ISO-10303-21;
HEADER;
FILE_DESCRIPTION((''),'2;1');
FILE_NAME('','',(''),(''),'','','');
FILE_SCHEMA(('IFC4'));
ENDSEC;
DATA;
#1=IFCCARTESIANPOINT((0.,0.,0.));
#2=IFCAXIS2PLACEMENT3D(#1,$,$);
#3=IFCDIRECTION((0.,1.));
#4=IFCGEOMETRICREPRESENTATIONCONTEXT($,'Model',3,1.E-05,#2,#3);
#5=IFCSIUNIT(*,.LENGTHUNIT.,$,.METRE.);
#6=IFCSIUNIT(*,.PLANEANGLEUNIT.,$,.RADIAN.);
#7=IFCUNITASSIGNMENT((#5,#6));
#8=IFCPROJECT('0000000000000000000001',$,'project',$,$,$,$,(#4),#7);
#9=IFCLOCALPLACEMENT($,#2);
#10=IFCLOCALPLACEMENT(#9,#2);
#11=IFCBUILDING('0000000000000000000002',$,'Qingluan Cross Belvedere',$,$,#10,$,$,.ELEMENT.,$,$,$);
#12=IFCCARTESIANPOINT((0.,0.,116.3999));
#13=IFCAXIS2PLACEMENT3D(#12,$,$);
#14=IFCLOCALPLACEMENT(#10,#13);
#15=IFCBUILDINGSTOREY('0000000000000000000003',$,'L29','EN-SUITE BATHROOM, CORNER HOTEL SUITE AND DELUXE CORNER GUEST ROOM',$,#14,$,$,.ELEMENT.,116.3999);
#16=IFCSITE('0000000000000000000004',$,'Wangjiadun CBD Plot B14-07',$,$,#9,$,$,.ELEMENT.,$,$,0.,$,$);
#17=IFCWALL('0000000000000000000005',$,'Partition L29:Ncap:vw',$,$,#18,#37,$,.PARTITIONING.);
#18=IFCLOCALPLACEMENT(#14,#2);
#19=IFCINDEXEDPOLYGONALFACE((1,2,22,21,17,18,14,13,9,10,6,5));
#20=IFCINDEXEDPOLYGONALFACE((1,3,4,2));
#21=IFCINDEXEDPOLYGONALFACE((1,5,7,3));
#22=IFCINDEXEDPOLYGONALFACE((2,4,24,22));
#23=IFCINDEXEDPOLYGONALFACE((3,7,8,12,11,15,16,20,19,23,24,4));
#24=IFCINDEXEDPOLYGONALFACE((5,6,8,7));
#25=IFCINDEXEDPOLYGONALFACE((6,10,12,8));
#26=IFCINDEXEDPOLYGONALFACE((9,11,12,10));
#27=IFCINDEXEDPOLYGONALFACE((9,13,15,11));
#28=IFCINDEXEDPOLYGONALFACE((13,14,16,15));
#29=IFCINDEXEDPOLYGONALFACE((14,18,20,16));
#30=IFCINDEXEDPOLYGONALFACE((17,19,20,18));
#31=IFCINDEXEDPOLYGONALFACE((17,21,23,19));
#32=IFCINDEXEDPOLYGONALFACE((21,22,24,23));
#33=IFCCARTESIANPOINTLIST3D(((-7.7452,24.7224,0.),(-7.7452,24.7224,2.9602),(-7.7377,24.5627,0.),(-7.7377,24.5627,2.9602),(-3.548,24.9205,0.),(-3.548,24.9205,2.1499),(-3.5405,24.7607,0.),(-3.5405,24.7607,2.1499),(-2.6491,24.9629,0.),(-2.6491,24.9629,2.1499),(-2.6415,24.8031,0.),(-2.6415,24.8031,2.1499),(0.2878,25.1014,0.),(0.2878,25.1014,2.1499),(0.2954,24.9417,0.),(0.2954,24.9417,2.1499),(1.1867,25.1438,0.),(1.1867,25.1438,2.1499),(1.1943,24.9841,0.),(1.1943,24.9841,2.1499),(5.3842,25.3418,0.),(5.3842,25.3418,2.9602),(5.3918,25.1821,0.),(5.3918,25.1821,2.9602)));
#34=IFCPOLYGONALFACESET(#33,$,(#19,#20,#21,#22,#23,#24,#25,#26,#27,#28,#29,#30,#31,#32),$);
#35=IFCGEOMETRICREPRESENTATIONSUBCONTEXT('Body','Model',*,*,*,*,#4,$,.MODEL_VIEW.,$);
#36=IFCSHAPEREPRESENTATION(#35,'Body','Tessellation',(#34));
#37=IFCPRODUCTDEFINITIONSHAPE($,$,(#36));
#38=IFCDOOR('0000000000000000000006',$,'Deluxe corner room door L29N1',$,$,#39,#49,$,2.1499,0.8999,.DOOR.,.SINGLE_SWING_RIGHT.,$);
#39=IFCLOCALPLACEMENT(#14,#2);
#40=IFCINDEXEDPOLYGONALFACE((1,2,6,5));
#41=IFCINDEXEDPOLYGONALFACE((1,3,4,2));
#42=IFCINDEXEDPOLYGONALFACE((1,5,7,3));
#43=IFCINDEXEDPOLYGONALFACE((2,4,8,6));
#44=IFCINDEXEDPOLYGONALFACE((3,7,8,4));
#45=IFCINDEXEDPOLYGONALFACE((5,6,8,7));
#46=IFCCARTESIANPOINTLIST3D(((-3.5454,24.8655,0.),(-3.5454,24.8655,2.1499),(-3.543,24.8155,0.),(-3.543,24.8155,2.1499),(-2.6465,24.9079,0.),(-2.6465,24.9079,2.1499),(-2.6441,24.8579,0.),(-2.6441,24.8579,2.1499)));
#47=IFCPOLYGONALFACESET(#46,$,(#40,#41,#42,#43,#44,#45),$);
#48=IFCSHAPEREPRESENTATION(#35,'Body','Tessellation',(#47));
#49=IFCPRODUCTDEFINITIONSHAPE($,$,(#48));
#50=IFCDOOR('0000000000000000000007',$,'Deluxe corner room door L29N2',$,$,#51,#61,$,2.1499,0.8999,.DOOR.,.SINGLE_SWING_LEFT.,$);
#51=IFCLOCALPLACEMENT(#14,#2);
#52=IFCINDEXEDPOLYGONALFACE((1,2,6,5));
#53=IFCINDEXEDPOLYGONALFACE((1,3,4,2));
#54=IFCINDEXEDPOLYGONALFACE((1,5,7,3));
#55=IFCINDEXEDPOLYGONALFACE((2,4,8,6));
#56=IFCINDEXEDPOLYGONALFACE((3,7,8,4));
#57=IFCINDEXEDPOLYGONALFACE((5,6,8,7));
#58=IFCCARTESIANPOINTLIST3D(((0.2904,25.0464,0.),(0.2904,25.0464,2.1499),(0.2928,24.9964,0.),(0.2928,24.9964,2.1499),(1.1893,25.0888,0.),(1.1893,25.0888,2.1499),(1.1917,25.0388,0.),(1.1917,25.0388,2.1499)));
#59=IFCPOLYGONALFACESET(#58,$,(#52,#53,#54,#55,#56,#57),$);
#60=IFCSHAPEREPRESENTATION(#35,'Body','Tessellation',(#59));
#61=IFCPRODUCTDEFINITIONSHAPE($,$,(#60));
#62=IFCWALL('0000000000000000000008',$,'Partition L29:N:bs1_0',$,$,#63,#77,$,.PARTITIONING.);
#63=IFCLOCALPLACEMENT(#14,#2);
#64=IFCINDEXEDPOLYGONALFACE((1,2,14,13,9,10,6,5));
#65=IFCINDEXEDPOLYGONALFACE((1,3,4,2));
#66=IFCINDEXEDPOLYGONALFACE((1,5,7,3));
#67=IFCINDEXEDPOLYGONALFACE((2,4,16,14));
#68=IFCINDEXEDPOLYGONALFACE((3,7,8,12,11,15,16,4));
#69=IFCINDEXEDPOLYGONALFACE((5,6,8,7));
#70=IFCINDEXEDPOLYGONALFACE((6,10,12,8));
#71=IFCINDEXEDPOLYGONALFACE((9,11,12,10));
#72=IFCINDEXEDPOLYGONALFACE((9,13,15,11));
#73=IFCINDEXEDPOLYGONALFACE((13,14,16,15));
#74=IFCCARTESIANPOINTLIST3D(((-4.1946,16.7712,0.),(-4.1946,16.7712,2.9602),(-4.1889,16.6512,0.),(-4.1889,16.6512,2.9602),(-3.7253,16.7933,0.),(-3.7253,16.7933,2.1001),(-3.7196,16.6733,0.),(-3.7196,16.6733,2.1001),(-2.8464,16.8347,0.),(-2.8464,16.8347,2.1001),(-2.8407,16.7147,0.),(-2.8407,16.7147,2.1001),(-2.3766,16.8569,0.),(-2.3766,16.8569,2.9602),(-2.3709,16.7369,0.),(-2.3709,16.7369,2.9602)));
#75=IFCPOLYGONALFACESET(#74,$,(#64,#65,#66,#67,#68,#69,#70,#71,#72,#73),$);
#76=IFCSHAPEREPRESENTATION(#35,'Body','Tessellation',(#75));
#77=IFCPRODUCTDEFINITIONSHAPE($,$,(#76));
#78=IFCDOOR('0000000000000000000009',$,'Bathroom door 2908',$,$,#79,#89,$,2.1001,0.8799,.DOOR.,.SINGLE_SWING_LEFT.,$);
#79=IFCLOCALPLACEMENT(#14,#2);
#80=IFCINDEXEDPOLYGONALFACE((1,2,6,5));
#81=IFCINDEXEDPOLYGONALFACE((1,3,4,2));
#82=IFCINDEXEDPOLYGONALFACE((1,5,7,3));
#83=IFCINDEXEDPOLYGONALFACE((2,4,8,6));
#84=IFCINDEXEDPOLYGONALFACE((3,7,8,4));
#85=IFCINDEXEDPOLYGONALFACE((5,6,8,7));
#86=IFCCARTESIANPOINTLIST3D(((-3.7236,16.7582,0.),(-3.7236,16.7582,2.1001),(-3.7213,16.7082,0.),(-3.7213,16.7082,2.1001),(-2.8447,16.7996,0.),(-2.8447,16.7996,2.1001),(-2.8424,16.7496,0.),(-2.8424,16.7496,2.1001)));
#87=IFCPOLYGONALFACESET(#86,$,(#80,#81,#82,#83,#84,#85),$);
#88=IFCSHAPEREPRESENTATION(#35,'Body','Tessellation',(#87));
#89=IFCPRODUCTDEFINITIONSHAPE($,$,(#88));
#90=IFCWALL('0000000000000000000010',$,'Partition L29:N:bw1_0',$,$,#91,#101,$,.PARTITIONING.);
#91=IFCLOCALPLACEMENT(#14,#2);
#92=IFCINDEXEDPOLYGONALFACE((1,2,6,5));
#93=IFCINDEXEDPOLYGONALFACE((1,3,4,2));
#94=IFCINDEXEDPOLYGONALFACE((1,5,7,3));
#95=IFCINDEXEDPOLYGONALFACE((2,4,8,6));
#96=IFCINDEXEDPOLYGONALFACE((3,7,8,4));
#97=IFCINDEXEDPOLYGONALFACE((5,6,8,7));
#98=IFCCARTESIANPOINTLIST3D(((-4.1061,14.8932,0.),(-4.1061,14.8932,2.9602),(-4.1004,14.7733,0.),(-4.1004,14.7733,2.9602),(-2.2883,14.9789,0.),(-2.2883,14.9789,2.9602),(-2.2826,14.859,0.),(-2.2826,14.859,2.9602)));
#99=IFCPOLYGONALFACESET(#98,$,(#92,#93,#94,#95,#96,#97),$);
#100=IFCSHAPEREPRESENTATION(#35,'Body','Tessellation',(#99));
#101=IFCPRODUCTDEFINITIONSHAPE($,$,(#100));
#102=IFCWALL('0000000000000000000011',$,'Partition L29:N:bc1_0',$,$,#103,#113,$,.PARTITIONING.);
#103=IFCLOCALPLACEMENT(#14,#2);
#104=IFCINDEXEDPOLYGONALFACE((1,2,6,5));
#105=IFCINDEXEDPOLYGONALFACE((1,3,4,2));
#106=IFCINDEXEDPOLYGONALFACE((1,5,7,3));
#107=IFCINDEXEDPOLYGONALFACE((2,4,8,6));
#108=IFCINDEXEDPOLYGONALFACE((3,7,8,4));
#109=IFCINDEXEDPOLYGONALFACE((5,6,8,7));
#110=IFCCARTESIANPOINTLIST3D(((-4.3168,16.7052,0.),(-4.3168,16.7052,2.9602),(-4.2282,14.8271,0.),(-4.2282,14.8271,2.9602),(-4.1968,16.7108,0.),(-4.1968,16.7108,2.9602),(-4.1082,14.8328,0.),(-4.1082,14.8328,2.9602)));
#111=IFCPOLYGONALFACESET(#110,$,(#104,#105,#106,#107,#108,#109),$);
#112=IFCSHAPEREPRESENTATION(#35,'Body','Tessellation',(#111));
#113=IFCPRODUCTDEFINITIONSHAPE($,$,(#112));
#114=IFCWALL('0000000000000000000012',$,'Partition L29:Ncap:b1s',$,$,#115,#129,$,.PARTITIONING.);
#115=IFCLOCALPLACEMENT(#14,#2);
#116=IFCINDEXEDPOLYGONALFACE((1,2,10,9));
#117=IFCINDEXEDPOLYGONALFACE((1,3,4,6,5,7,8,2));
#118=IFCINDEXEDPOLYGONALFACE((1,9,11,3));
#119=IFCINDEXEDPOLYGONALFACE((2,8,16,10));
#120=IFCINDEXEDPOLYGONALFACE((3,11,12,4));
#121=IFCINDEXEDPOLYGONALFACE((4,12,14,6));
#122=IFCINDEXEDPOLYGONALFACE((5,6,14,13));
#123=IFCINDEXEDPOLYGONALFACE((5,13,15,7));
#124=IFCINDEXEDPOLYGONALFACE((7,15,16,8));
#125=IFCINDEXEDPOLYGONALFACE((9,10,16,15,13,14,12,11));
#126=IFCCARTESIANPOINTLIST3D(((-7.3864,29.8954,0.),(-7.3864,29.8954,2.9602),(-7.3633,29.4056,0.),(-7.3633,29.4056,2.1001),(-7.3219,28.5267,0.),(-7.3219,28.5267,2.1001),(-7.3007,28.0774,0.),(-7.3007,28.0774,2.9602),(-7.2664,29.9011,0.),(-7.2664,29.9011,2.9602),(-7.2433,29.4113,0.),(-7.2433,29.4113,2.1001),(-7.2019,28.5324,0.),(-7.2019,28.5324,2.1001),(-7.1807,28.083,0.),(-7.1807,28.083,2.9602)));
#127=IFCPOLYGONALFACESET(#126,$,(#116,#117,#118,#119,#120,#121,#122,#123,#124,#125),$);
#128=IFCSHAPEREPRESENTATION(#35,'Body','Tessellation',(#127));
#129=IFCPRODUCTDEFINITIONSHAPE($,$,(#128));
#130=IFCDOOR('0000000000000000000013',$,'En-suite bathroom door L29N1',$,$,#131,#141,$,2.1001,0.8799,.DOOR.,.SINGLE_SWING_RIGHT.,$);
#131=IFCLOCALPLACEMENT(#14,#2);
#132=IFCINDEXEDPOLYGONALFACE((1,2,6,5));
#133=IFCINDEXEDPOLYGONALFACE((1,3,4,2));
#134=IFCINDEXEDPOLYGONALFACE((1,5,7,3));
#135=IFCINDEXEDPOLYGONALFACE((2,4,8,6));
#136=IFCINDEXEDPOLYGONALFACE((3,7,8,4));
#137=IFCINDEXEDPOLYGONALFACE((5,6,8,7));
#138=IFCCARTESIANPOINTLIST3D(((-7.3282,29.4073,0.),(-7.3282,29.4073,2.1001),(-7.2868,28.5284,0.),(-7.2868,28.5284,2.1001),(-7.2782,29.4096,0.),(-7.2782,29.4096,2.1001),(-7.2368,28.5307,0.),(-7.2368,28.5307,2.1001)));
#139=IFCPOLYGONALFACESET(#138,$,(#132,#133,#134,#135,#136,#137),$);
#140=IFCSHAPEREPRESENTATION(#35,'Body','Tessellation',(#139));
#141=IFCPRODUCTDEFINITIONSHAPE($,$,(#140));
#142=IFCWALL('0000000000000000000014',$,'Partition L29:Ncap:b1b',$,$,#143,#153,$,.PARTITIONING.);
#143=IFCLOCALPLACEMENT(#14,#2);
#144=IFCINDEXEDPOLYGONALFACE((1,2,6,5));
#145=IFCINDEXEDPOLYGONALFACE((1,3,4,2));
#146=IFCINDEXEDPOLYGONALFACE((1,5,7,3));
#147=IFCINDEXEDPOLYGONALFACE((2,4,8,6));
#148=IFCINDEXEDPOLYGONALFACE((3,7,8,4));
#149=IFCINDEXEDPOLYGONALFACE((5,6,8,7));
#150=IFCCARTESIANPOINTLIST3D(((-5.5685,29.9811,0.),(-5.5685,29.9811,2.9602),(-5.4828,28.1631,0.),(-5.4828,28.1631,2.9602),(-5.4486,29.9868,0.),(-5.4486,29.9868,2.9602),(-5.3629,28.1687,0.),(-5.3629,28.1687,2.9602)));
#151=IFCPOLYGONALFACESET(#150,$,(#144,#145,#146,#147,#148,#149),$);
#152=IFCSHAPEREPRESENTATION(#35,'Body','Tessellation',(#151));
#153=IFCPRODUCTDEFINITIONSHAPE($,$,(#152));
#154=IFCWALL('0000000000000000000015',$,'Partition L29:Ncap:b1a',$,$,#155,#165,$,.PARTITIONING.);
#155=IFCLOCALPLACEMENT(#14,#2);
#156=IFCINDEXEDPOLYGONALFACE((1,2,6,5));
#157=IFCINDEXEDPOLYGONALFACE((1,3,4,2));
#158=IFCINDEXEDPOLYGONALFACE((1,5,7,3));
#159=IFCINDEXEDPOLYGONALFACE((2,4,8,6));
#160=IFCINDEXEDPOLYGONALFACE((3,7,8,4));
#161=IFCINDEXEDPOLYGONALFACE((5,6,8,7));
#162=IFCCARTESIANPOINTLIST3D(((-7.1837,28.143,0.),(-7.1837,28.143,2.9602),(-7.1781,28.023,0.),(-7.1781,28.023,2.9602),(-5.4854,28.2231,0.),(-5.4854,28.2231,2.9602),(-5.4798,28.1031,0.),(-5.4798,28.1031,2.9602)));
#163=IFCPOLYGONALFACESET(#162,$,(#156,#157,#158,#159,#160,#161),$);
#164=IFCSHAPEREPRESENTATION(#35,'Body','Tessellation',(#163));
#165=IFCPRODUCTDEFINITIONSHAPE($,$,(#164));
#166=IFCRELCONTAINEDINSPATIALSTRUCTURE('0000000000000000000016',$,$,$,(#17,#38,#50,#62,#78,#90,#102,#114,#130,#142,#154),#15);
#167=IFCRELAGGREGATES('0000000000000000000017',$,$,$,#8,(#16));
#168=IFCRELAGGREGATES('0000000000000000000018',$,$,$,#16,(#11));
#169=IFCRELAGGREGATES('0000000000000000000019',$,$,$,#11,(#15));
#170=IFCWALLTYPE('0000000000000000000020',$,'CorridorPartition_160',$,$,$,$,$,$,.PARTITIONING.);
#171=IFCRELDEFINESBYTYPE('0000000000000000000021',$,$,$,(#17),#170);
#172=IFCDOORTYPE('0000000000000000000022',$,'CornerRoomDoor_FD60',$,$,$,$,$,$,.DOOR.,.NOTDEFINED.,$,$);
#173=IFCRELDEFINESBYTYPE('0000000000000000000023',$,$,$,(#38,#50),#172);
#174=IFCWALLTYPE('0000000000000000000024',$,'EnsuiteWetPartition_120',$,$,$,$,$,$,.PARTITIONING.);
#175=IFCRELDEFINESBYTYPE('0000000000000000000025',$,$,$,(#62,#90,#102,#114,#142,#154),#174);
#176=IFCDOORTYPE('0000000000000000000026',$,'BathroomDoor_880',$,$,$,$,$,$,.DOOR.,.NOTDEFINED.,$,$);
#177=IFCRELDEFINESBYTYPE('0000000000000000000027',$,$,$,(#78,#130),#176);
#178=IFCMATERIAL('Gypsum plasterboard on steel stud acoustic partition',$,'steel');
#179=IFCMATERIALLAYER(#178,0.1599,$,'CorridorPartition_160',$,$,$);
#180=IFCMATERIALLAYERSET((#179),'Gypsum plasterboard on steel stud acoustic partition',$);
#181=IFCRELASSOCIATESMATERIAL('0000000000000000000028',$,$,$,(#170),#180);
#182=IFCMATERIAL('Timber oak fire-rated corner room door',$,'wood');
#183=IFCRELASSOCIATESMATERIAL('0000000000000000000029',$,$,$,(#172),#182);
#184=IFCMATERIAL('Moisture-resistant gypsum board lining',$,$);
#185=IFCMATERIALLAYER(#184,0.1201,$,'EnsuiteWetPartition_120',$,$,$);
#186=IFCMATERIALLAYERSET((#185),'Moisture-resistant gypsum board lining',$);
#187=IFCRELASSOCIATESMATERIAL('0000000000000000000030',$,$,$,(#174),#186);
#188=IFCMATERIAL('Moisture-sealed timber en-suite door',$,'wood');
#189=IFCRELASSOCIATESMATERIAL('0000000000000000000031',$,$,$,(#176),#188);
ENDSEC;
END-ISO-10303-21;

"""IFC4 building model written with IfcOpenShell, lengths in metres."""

from ifc_helpers import new_model, si_unit, direction, frame, frame_2d, origin, place, context, subcontext, project, spatial, rectangle, extrude, material, layer, layer_set, type_object, element, fill, save


model = new_model("IFC4")

# Units and contexts
model_context = context("Model", 3, precision=1e-05, world=origin(), true_north=direction((0.0, 1.0)))
body_context = subcontext(model_context, "Body", "Model", "MODEL_VIEW")
ifc_project = project(units=[si_unit("LENGTHUNIT", "METRE"), si_unit("PLANEANGLEUNIT", "RADIAN")], contexts=[model_context])

# Site, building, storey
site_placement = place(None, origin())
site = spatial("IfcSite", under=ifc_project, at=site_placement, Name="Wangjiadun CBD Plot B14-07", CompositionType="ELEMENT", RefElevation=0.0)
building_placement = place(site_placement, origin())
building = spatial("IfcBuilding", under=site, at=building_placement, Name="Qingluan Cross Belvedere", CompositionType="ELEMENT")
storey_placement = place(building_placement, frame((0.0, 0.0, 116.3999)))
storey = spatial("IfcBuildingStorey", under=building, at=storey_placement, Name="L29", Description="EN-SUITE BATHROOM, CORNER HOTEL SUITE AND DELUXE CORNER GUEST ROOM", CompositionType="ELEMENT", Elevation=116.3999)

# Shared definitions
ifc_material_1 = material(Name="Gypsum plasterboard on steel stud acoustic partition", Category="steel")
ifc_layer_1 = layer(ifc_material_1, 0.1599, Name="CorridorPartition_160")
ifc_layer_set_1 = layer_set([ifc_layer_1], Name="Gypsum plasterboard on steel stud acoustic partition")
wall_type_1 = type_object("IfcWallType", Name="CorridorPartition_160", PredefinedType="PARTITIONING", material=ifc_layer_set_1)

# Wall, openings, doors
wall_1_placement = place(storey_placement, frame((-7.7415, 24.6426, 0.0), z_axis=(0.0, 0.0, 1.0), x_axis=(0.998889, 0.047123, 0.0)))
wall_1 = element("IfcWall", 1, at=wall_1_placement, inside=storey, type_object=wall_type_1, Name="Partition L29:Ncap:vw", PredefinedType="PARTITIONING", context=body_context, shape_type="SweptSolid", body=[
    extrude(rectangle(XDim=13.144, YDim=0.1599, at=frame_2d((6.572, 0.0))), origin(), (0.0, 0.0, 1.0), 2.9602),
])
opening_1_placement = place(wall_1_placement, frame((4.2019, 0.0, 0.0)))
opening_1 = element("IfcOpeningElement", 2, at=opening_1_placement, cuts=wall_1, PredefinedType="OPENING", context=body_context, shape_type="SweptSolid", body=[
    extrude(rectangle(XDim=0.8999, YDim=2.1499, at=frame_2d((0.45, 1.075))), frame((0.0, 0.0898, 0.0), z_axis=(0.0, -1.0, 0.0), x_axis=(1.0, 0.0, 0.0)), (0.0, 0.0, 1.0), 0.1799),
])
opening_2_placement = place(wall_1_placement, frame((8.042, 0.0, 0.0)))
opening_2 = element("IfcOpeningElement", 3, at=opening_2_placement, cuts=wall_1, PredefinedType="OPENING", context=body_context, shape_type="SweptSolid", body=[
    extrude(rectangle(XDim=0.8999, YDim=2.1499, at=frame_2d((0.45, 1.075))), frame((0.0, 0.0898, 0.0), z_axis=(0.0, -1.0, 0.0), x_axis=(1.0, 0.0, 0.0)), (0.0, 0.0, 1.0), 0.1799),
])
ifc_material_2 = material(Name="Timber oak fire-rated corner room door", Category="wood")
door_type_1 = type_object("IfcDoorType", Name="CornerRoomDoor_FD60", OperationType="NOTDEFINED", PredefinedType="DOOR", material=ifc_material_2)
door_1_placement = place(opening_1_placement, origin())
door_1 = element("IfcDoor", 4, at=door_1_placement, inside=storey, type_object=door_type_1, Name="Deluxe corner room door L29N1", OperationType="SINGLE_SWING_RIGHT", OverallHeight=2.1499, OverallWidth=0.8999, PredefinedType="DOOR", context=body_context, shape_type="SweptSolid", body=[
    extrude(rectangle(XDim=0.8999, YDim=2.1499, at=frame_2d((0.45, 1.075))), frame((0.0, 0.0249, 0.0), z_axis=(0.0, -1.0, 0.0), x_axis=(1.0, 0.0, 0.0)), (0.0, 0.0, 1.0), 0.05),
])
fill(opening_1, door_1)
door_2_placement = place(opening_2_placement, origin())
door_2 = element("IfcDoor", 5, at=door_2_placement, inside=storey, type_object=door_type_1, Name="Deluxe corner room door L29N2", OperationType="SINGLE_SWING_LEFT", OverallHeight=2.1499, OverallWidth=0.8999, PredefinedType="DOOR", context=body_context, shape_type="SweptSolid", body=[
    extrude(rectangle(XDim=0.8999, YDim=2.1499, at=frame_2d((0.45, 1.075))), frame((0.0, 0.0249, 0.0), z_axis=(0.0, -1.0, 0.0), x_axis=(1.0, 0.0, 0.0)), (0.0, 0.0, 1.0), 0.05),
])
fill(opening_2, door_2)

# Wall, opening, door
ifc_material_3 = material(Name="Moisture-resistant gypsum board lining")
ifc_layer_2 = layer(ifc_material_3, 0.1201, Name="EnsuiteWetPartition_120")
ifc_layer_set_2 = layer_set([ifc_layer_2], Name="Moisture-resistant gypsum board lining")
wall_type_2 = type_object("IfcWallType", Name="EnsuiteWetPartition_120", PredefinedType="PARTITIONING", material=ifc_layer_set_2)
wall_2_placement = place(storey_placement, frame((-4.1919, 16.7112, 0.0), z_axis=(0.0, 0.0, 1.0), x_axis=(0.998891, 0.047081, 0.0)))
wall_2 = element("IfcWall", 6, at=wall_2_placement, inside=storey, type_object=wall_type_2, Name="Partition L29:N:bs1_0", PredefinedType="PARTITIONING", context=body_context, shape_type="SweptSolid", body=[
    extrude(rectangle(XDim=1.8201, YDim=0.1201, at=frame_2d((0.9102, 0.0))), origin(), (0.0, 0.0, 1.0), 2.9602),
])
opening_3_placement = place(wall_2_placement, frame((0.47, 0.0, 0.0)))
opening_3 = element("IfcOpeningElement", 7, at=opening_3_placement, cuts=wall_2, PredefinedType="OPENING", context=body_context, shape_type="SweptSolid", body=[
    extrude(rectangle(XDim=0.8799, YDim=2.1001, at=frame_2d((0.4399, 1.05))), frame((0.0, 0.0701, 0.0), z_axis=(0.0, -1.0, 0.0), x_axis=(1.0, 0.0, 0.0)), (0.0, 0.0, 1.0), 0.1401),
])
ifc_material_4 = material(Name="Moisture-sealed timber en-suite door", Category="wood")
door_type_2 = type_object("IfcDoorType", Name="BathroomDoor_880", OperationType="NOTDEFINED", PredefinedType="DOOR", material=ifc_material_4)
door_3_placement = place(opening_3_placement, origin())
door_3 = element("IfcDoor", 8, at=door_3_placement, inside=storey, type_object=door_type_2, Name="Bathroom door 2908", OperationType="SINGLE_SWING_LEFT", OverallHeight=2.1001, OverallWidth=0.8799, PredefinedType="DOOR", context=body_context, shape_type="SweptSolid", body=[
    extrude(rectangle(XDim=0.8799, YDim=2.1001, at=frame_2d((0.4399, 1.05))), frame((0.0, 0.0249, 0.0), z_axis=(0.0, -1.0, 0.0), x_axis=(1.0, 0.0, 0.0)), (0.0, 0.0, 1.0), 0.05),
])
fill(opening_3, door_3)

# Walls
wall_3_placement = place(storey_placement, frame((-4.1033, 14.8333, 0.0), z_axis=(0.0, 0.0, 1.0), x_axis=(0.998891, 0.047087, 0.0)))
element("IfcWall", 9, at=wall_3_placement, inside=storey, type_object=wall_type_2, Name="Partition L29:N:bw1_0", PredefinedType="PARTITIONING", context=body_context, shape_type="SweptSolid", body=[
    extrude(rectangle(XDim=1.8198, YDim=0.1201, at=frame_2d((0.9099, 0.0))), origin(), (0.0, 0.0, 1.0), 2.9602),
])
wall_4_placement = place(storey_placement, frame((-4.1682, 14.8301, 0.0), z_axis=(0.0, 0.0, 1.0), x_axis=(-0.047139, 0.998888, 0.0)))
element("IfcWall", 10, at=wall_4_placement, inside=storey, type_object=wall_type_2, Name="Partition L29:N:bc1_0", PredefinedType="PARTITIONING", context=body_context, shape_type="SweptSolid", body=[
    extrude(rectangle(XDim=1.8801, YDim=0.1201, at=frame_2d((0.9399, 0.0))), origin(), (0.0, 0.0, 1.0), 2.9602),
])

# Wall, opening, door
wall_5_placement = place(storey_placement, frame((-7.2407, 28.0801, 0.0), z_axis=(0.0, 0.0, 1.0), x_axis=(-0.047081, 0.998891, 0.0)))
wall_5 = element("IfcWall", 11, at=wall_5_placement, inside=storey, type_object=wall_type_2, Name="Partition L29:Ncap:b1s", PredefinedType="PARTITIONING", context=body_context, shape_type="SweptSolid", body=[
    extrude(rectangle(XDim=1.8201, YDim=0.1201, at=frame_2d((0.9102, 0.0))), origin(), (0.0, 0.0, 1.0), 2.9602),
])
opening_4_placement = place(wall_5_placement, frame((0.45, 0.0, 0.0)))
opening_4 = element("IfcOpeningElement", 12, at=opening_4_placement, cuts=wall_5, PredefinedType="OPENING", context=body_context, shape_type="SweptSolid", body=[
    extrude(rectangle(XDim=0.8799, YDim=2.1001, at=frame_2d((0.4399, 1.05))), frame((0.0, 0.0701, 0.0), z_axis=(0.0, -1.0, 0.0), x_axis=(1.0, 0.0, 0.0)), (0.0, 0.0, 1.0), 0.1401),
])
door_4_placement = place(opening_4_placement, origin())
door_4 = element("IfcDoor", 13, at=door_4_placement, inside=storey, type_object=door_type_2, Name="En-suite bathroom door L29N1", OperationType="SINGLE_SWING_RIGHT", OverallHeight=2.1001, OverallWidth=0.8799, PredefinedType="DOOR", context=body_context, shape_type="SweptSolid", body=[
    extrude(rectangle(XDim=0.8799, YDim=2.1001, at=frame_2d((0.4399, 1.05))), frame((0.0, 0.0249, 0.0), z_axis=(0.0, -1.0, 0.0), x_axis=(1.0, 0.0, 0.0)), (0.0, 0.0, 1.0), 0.05),
])
fill(opening_4, door_4)

# Walls
wall_6_placement = place(storey_placement, frame((-5.4229, 28.1658, 0.0), z_axis=(0.0, 0.0, 1.0), x_axis=(-0.047081, 0.998891, 0.0)))
element("IfcWall", 14, at=wall_6_placement, inside=storey, type_object=wall_type_2, Name="Partition L29:Ncap:b1b", PredefinedType="PARTITIONING", context=body_context, shape_type="SweptSolid", body=[
    extrude(rectangle(XDim=1.8201, YDim=0.1201, at=frame_2d((0.9102, 0.0))), origin(), (0.0, 0.0, 1.0), 2.9602),
])
wall_7_placement = place(storey_placement, frame((-7.1809, 28.083, 0.0), z_axis=(0.0, 0.0, 1.0), x_axis=(0.99889, 0.047101, 0.0)))
element("IfcWall", 15, at=wall_7_placement, inside=storey, type_object=wall_type_2, Name="Partition L29:Ncap:b1a", PredefinedType="PARTITIONING", context=body_context, shape_type="SweptSolid", body=[
    extrude(rectangle(XDim=1.7002, YDim=0.1201, at=frame_2d((0.8501, 0.0))), origin(), (0.0, 0.0, 1.0), 2.9602),
])

save(model, "model.ifc")
